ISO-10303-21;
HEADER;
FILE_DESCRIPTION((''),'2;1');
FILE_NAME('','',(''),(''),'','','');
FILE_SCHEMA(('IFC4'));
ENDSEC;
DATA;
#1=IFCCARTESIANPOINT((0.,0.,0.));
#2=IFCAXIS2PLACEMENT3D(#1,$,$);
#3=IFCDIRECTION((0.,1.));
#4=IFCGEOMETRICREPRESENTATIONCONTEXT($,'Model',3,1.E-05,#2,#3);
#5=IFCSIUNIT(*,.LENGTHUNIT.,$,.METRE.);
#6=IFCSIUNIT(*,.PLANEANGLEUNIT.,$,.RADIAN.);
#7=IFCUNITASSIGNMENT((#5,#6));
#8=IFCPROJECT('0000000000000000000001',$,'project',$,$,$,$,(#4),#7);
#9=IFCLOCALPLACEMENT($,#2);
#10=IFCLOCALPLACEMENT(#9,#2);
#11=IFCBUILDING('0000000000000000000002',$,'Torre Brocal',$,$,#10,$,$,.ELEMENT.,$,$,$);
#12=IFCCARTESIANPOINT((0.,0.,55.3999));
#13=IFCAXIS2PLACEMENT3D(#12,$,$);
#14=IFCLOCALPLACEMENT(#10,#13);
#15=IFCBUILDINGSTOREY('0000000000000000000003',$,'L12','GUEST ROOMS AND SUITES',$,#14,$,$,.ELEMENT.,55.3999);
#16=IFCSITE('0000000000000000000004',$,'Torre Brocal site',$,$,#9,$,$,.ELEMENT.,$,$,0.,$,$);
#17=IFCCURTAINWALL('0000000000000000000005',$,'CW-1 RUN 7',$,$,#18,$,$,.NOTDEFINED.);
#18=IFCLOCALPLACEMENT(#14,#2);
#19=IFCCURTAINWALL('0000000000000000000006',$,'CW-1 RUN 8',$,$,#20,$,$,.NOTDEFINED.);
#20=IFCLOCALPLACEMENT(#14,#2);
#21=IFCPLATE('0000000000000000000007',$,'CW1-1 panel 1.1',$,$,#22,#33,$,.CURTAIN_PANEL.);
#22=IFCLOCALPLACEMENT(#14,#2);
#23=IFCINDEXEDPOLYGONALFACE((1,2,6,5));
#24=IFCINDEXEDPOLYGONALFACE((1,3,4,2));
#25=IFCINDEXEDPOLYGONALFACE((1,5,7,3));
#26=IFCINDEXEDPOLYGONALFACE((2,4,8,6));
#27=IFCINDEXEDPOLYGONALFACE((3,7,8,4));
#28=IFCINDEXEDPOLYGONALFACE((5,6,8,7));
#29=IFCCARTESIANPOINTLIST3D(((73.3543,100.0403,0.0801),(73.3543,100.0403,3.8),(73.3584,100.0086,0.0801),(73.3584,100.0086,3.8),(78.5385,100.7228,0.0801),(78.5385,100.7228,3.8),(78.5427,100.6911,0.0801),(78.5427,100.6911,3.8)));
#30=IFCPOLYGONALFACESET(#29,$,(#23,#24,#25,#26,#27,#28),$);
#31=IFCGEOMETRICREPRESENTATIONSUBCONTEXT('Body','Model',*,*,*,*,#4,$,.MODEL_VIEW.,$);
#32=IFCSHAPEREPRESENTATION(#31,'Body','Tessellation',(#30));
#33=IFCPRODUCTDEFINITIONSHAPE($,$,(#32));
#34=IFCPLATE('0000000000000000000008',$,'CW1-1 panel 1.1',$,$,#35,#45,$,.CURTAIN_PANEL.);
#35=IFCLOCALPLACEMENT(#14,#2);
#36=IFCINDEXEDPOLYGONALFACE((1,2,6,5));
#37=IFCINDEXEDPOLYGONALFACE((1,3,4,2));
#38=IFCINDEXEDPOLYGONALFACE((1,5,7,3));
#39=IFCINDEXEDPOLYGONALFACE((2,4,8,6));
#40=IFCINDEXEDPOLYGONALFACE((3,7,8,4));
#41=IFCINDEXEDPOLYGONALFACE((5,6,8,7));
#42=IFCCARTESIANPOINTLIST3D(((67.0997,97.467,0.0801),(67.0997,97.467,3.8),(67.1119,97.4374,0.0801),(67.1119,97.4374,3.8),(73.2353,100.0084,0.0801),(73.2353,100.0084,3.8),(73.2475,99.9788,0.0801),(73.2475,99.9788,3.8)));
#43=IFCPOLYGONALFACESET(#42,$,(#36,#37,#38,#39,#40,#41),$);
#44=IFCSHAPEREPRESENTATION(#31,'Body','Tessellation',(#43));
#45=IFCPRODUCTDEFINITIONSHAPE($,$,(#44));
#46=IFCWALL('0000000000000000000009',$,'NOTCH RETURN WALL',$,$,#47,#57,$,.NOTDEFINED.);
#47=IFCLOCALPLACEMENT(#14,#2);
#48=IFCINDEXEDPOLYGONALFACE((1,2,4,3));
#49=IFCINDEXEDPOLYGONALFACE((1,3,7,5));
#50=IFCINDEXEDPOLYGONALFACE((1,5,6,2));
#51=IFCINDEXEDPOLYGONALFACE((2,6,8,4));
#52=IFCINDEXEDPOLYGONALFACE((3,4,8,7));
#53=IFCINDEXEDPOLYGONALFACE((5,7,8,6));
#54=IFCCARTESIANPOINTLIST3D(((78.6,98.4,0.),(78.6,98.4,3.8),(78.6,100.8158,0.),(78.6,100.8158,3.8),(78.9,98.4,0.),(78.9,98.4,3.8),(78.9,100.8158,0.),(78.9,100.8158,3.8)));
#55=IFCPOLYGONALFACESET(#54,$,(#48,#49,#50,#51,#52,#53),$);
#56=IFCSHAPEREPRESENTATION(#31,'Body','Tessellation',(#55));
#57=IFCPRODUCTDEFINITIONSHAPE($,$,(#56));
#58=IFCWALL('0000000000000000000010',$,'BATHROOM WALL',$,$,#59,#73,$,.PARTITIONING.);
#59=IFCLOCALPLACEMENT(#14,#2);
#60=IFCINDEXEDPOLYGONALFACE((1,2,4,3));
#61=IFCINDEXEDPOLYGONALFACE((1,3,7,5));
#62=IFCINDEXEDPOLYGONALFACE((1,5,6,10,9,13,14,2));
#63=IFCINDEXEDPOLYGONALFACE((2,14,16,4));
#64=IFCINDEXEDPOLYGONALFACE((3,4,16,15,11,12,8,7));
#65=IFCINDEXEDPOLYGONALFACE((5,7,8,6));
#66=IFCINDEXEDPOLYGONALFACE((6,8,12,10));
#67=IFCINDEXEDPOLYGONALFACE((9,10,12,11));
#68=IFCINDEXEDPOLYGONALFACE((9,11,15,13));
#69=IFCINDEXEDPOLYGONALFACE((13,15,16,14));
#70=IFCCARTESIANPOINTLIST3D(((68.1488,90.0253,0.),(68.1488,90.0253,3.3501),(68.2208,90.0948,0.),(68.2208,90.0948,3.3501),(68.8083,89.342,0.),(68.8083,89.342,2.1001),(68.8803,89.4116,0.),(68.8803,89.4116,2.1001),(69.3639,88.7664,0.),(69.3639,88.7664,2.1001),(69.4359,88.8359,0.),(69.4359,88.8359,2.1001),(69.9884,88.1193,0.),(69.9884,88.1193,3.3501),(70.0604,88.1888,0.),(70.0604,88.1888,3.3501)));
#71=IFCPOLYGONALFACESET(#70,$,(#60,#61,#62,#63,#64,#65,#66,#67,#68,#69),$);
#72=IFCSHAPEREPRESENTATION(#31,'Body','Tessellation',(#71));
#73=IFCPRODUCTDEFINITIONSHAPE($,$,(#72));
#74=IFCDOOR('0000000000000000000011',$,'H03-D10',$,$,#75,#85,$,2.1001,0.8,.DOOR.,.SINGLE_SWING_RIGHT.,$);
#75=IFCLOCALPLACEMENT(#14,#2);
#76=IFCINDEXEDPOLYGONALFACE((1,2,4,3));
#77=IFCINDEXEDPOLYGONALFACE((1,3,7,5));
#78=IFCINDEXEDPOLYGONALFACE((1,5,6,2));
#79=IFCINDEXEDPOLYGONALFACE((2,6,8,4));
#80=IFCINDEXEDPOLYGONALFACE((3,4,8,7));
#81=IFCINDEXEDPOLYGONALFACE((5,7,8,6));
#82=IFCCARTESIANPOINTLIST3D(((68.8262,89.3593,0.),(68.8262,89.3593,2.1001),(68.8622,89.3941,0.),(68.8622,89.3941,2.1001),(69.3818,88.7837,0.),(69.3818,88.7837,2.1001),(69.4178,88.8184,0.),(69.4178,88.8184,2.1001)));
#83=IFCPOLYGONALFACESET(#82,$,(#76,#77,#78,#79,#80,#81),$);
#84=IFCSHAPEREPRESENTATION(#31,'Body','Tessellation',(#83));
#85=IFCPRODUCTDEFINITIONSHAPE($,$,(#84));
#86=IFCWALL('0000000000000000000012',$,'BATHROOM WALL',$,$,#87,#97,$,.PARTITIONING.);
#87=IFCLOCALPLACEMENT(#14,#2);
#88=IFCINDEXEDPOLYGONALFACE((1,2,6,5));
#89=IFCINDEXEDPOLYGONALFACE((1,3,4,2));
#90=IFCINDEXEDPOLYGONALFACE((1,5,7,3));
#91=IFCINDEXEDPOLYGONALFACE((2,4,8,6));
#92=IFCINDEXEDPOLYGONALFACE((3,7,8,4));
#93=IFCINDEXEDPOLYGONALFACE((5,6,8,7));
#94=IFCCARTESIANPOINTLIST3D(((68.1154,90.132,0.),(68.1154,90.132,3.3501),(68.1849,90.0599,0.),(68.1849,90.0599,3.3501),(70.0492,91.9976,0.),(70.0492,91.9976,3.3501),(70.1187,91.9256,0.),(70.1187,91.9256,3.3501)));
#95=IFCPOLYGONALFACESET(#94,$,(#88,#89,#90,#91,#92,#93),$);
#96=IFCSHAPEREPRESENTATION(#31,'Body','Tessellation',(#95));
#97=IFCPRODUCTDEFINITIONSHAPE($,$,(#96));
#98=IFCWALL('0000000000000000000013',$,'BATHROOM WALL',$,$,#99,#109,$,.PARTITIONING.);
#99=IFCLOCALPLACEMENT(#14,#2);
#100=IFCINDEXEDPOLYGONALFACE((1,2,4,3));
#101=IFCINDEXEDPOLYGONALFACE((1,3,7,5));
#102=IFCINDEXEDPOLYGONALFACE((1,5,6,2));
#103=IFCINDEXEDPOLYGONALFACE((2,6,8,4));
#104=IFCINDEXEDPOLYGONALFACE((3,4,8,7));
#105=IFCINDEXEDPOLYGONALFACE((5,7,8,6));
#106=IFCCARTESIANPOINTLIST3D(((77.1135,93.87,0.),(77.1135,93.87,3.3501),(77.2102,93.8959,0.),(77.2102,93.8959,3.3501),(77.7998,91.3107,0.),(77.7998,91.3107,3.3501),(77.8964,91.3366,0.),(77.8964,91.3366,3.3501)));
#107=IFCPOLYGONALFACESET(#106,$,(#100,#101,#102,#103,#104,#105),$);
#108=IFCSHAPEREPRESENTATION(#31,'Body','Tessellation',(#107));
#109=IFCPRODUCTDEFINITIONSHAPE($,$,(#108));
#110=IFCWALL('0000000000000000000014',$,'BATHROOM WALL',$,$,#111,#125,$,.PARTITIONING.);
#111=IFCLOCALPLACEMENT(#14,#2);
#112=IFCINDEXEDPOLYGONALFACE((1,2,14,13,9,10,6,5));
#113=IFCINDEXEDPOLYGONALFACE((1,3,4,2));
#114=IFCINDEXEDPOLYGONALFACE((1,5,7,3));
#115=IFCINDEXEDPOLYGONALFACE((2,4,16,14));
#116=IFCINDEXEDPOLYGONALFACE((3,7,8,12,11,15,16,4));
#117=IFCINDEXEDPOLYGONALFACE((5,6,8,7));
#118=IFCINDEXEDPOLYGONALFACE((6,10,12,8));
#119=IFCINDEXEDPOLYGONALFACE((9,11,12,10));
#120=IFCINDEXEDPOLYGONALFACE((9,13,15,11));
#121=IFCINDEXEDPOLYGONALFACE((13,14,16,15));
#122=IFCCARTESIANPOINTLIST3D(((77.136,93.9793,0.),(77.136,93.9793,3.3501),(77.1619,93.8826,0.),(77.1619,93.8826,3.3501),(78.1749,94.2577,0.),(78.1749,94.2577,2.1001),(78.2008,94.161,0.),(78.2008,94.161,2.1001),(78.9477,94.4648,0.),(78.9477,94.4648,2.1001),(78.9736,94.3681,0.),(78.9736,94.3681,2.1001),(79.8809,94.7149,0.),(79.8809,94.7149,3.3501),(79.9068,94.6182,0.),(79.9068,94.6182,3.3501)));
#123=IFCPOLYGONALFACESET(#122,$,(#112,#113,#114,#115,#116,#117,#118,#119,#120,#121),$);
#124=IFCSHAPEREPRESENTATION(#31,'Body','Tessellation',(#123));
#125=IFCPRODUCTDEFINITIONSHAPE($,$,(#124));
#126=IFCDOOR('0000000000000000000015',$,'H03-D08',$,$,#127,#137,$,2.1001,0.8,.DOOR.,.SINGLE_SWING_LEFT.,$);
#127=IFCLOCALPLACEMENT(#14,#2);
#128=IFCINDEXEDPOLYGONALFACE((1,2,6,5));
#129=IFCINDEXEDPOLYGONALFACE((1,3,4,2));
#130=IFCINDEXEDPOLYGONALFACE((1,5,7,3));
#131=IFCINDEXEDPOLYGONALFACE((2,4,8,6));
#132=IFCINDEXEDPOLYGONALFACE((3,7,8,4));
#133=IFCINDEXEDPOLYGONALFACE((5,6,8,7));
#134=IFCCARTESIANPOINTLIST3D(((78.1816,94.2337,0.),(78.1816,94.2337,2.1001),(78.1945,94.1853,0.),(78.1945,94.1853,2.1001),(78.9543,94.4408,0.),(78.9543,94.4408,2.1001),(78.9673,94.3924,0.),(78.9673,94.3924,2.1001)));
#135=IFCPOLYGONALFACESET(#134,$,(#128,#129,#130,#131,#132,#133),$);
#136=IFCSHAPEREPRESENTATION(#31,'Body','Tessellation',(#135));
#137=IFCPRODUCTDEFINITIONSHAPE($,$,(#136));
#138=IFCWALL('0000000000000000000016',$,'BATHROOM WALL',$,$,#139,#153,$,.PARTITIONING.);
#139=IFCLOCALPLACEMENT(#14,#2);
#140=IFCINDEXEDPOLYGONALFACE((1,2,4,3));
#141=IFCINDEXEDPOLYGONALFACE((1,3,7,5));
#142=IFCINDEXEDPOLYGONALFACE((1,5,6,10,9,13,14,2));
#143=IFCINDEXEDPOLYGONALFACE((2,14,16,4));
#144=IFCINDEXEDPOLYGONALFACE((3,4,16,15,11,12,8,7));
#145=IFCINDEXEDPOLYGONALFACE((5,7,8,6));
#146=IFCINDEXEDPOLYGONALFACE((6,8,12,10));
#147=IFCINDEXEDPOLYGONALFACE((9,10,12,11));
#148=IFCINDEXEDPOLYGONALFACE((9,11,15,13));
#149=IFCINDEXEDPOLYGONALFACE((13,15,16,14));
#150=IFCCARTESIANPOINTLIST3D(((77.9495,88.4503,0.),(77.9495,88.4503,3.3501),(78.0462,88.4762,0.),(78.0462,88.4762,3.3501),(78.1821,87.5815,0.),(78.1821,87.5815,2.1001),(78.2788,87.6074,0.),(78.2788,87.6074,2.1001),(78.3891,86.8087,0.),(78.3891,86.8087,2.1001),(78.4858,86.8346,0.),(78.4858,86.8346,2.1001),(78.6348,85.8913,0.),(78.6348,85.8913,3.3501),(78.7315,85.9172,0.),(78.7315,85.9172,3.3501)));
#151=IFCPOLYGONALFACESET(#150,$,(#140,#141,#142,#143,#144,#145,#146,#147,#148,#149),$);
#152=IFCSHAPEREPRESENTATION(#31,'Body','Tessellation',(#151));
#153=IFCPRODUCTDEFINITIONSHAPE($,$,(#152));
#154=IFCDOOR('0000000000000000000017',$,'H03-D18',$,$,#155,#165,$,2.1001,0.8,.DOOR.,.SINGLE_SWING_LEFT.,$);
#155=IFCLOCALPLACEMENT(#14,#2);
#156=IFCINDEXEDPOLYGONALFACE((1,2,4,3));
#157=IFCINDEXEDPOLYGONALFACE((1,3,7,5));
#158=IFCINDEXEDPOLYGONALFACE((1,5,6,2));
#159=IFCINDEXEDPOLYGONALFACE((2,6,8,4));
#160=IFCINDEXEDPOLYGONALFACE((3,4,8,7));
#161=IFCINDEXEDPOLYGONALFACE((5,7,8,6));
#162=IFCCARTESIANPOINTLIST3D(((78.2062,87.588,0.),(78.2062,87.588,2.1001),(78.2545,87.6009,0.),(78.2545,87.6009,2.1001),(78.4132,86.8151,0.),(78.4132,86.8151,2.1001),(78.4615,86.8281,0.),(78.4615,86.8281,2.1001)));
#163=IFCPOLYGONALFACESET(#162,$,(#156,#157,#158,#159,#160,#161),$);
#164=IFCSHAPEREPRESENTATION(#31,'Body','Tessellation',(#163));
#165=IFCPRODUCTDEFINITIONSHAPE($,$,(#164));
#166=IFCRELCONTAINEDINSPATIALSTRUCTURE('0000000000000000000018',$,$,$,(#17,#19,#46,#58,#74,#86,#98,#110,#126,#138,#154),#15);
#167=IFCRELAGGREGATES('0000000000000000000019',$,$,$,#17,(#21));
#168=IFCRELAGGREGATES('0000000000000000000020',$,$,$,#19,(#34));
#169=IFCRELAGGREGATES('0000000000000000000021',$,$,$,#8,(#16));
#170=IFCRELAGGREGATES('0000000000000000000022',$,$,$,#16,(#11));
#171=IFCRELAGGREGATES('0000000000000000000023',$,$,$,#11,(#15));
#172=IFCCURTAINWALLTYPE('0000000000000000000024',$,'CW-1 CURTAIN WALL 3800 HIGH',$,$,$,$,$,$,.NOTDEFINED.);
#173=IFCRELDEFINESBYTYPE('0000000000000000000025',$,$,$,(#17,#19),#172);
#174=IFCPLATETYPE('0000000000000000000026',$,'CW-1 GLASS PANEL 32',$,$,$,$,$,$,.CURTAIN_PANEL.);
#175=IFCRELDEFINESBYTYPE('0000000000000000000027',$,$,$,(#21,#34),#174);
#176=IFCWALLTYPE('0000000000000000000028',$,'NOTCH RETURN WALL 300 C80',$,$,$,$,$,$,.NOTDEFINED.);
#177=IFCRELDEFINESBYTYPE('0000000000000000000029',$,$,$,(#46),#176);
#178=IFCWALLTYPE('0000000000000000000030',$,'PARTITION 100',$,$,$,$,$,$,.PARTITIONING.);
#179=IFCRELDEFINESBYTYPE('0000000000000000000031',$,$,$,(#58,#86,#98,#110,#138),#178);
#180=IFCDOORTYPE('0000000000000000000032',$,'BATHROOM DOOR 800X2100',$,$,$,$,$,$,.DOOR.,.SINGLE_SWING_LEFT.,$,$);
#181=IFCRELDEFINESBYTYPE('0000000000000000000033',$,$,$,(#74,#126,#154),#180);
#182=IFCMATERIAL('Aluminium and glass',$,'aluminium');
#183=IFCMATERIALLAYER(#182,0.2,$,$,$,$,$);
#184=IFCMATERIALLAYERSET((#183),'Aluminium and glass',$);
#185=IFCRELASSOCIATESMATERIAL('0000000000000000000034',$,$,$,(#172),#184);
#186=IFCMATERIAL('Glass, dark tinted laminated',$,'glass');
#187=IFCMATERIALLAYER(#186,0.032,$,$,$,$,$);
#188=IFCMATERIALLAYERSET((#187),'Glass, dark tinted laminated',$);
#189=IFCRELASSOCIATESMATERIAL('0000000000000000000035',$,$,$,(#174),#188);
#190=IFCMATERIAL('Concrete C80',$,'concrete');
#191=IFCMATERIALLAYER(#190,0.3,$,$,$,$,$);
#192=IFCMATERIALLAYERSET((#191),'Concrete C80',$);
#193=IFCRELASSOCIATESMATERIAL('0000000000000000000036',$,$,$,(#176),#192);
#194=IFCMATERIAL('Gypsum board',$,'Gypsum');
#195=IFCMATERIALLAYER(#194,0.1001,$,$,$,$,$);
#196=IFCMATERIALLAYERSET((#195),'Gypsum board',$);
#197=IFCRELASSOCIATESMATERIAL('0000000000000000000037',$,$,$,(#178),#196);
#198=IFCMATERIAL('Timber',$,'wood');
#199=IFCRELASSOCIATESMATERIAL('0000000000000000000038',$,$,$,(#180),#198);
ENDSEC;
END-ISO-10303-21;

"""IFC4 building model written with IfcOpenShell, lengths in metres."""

from ifc_helpers import new_model, si_unit, direction, frame, frame_2d, origin, origin_2d, place, context, subcontext, project, spatial, rectangle, extrude, material, layer, layer_set, type_object, element, fill, aggregate, save


model = new_model("IFC4")

# Units and contexts
model_context = context("Model", 3, precision=1e-05, world=origin(), true_north=direction((0.0, 1.0)))
body_context = subcontext(model_context, "Body", "Model", "MODEL_VIEW")
ifc_project = project(units=[si_unit("LENGTHUNIT", "METRE"), si_unit("PLANEANGLEUNIT", "RADIAN")], contexts=[model_context])

# Site, building, storey
site_placement = place(None, origin())
site = spatial("IfcSite", under=ifc_project, at=site_placement, Name="Torre Brocal site", CompositionType="ELEMENT", RefElevation=0.0)
building_placement = place(site_placement, origin())
building = spatial("IfcBuilding", under=site, at=building_placement, Name="Torre Brocal", CompositionType="ELEMENT")
storey_placement = place(building_placement, frame((0.0, 0.0, 55.3999)))
storey = spatial("IfcBuildingStorey", under=building, at=storey_placement, Name="L12", Description="GUEST ROOMS AND SUITES", CompositionType="ELEMENT", Elevation=55.3999)

# Curtain wall
ifc_material_1 = material(Name="Aluminium and glass", Category="aluminium")
ifc_layer_1 = layer(ifc_material_1, 0.2)
ifc_layer_set_1 = layer_set([ifc_layer_1], Name="Aluminium and glass")
curtain_wall_type = type_object("IfcCurtainWallType", Name="CW-1 CURTAIN WALL 3800 HIGH", PredefinedType="NOTDEFINED", material=ifc_layer_set_1)
curtain_wall_1_placement = place(storey_placement, origin())
curtain_wall_1 = element("IfcCurtainWall", 1, at=curtain_wall_1_placement, inside=storey, type_object=curtain_wall_type, Name="CW-1 RUN 7", PredefinedType="NOTDEFINED")

# Curtain wall
curtain_wall_2_placement = place(storey_placement, origin())
curtain_wall_2 = element("IfcCurtainWall", 2, at=curtain_wall_2_placement, inside=storey, type_object=curtain_wall_type, Name="CW-1 RUN 8", PredefinedType="NOTDEFINED")

# Plates
ifc_material_2 = material(Name="Glass, dark tinted laminated", Category="glass")
ifc_layer_2 = layer(ifc_material_2, 0.032)
ifc_layer_set_2 = layer_set([ifc_layer_2], Name="Glass, dark tinted laminated")
plate_type = type_object("IfcPlateType", Name="CW-1 GLASS PANEL 32", PredefinedType="CURTAIN_PANEL", material=ifc_layer_set_2)
plate_1_placement = place(storey_placement, frame((75.9485, 100.3657, 0.0801), z_axis=(0.0, 0.0, 1.0), x_axis=(-0.991445, -0.130526, 0.0)))
plate_1 = element("IfcPlate", 3, at=plate_1_placement, type_object=plate_type, Name="CW1-1 panel 1.1", PredefinedType="CURTAIN_PANEL", context=body_context, shape_type="SweptSolid", body=[
    extrude(rectangle(XDim=5.229, YDim=0.032, at=origin_2d()), origin(), (0.0, 0.0, 1.0), 3.72),
])
aggregate(curtain_wall_1, [plate_1])
plate_2_placement = place(storey_placement, frame((70.1736, 98.7229, 0.0801), z_axis=(0.0, 0.0, 1.0), x_axis=(-0.92388, -0.382683, 0.0)))
plate_2 = element("IfcPlate", 4, at=plate_2_placement, type_object=plate_type, Name="CW1-1 panel 1.1", PredefinedType="CURTAIN_PANEL", context=body_context, shape_type="SweptSolid", body=[
    extrude(rectangle(XDim=6.6411, YDim=0.032, at=origin_2d()), origin(), (0.0, 0.0, 1.0), 3.72),
])
aggregate(curtain_wall_2, [plate_2])

# Wall
ifc_material_3 = material(Name="Concrete C80", Category="concrete")
ifc_layer_3 = layer(ifc_material_3, 0.3)
ifc_layer_set_3 = layer_set([ifc_layer_3], Name="Concrete C80")
wall_type_1 = type_object("IfcWallType", Name="NOTCH RETURN WALL 300 C80", PredefinedType="NOTDEFINED", material=ifc_layer_set_3)
wall_1_placement = place(storey_placement, frame((78.75, 98.3999, 0.0), z_axis=(0.0, 0.0, 1.0), x_axis=(0.0, 1.0, 0.0)))
element("IfcWall", 5, at=wall_1_placement, inside=storey, type_object=wall_type_1, Name="NOTCH RETURN WALL", PredefinedType="NOTDEFINED", context=body_context, shape_type="SweptSolid", body=[
    extrude(rectangle(XDim=2.4158, YDim=0.3, at=frame_2d((1.208, 0.0))), origin(), (0.0, 0.0, 1.0), 3.8),
])

# Wall, opening, door
ifc_material_4 = material(Name="Gypsum board", Category="Gypsum")
ifc_layer_4 = layer(ifc_material_4, 0.1001)
ifc_layer_set_4 = layer_set([ifc_layer_4], Name="Gypsum board")
wall_type_2 = type_object("IfcWallType", Name="PARTITION 100", PredefinedType="PARTITIONING", material=ifc_layer_set_4)
wall_2_placement = place(storey_placement, frame((68.1848, 90.0601, 0.0), z_axis=(0.0, 0.0, 1.0), x_axis=(0.694461, -0.71953, 0.0)))
wall_2 = element("IfcWall", 6, at=wall_2_placement, inside=storey, type_object=wall_type_2, Name="BATHROOM WALL", PredefinedType="PARTITIONING", context=body_context, shape_type="SweptSolid", body=[
    extrude(rectangle(XDim=2.6489, YDim=0.1001, at=frame_2d((1.3245, 0.0))), origin(), (0.0, 0.0, 1.0), 3.3501),
])
opening_1_placement = place(wall_2_placement, frame((0.9497, 0.0, 0.0)))
opening_1 = element("IfcOpeningElement", 7, at=opening_1_placement, cuts=wall_2, PredefinedType="OPENING", context=body_context, shape_type="SweptSolid", body=[
    extrude(rectangle(XDim=0.8, YDim=2.1001, at=frame_2d((0.3999, 1.05))), frame((0.0, 0.0601, 0.0), z_axis=(0.0, -1.0, 0.0), x_axis=(1.0, 0.0, 0.0)), (0.0, 0.0, 1.0), 0.1201),
])
ifc_material_5 = material(Name="Timber", Category="wood")
door_type_1 = type_object("IfcDoorType", Name="BATHROOM DOOR 800X2100", OperationType="SINGLE_SWING_LEFT", PredefinedType="DOOR", material=ifc_material_5)
door_1_placement = place(opening_1_placement, origin())
door_1 = element("IfcDoor", 8, at=door_1_placement, inside=storey, type_object=door_type_1, Name="H03-D10", OperationType="SINGLE_SWING_RIGHT", OverallHeight=2.1001, OverallWidth=0.8, PredefinedType="DOOR", context=body_context, shape_type="SweptSolid", body=[
    extrude(rectangle(XDim=0.8, YDim=2.1001, at=frame_2d((0.3999, 1.05))), frame((0.0, 0.0249, 0.0), z_axis=(0.0, -1.0, 0.0), x_axis=(1.0, 0.0, 0.0)), (0.0, 0.0, 1.0), 0.05),
])
fill(opening_1, door_1)

# Walls
wall_3_placement = place(storey_placement, frame((68.1501, 90.0959, 0.0), z_axis=(0.0, 0.0, 1.0), x_axis=(0.719668, 0.694319, 0.0)))
element("IfcWall", 9, at=wall_3_placement, inside=storey, type_object=wall_type_2, Name="BATHROOM WALL", PredefinedType="PARTITIONING", context=body_context, shape_type="SweptSolid", body=[
    extrude(rectangle(XDim=2.687, YDim=0.1001, at=frame_2d((1.3435, 0.0))), origin(), (0.0, 0.0, 1.0), 3.3501),
])
wall_4_placement = place(storey_placement, frame((77.1619, 93.8828, 0.0), z_axis=(0.0, 0.0, 1.0), x_axis=(0.258999, -0.965878, 0.0)))
element("IfcWall", 10, at=wall_4_placement, inside=storey, type_object=wall_type_2, Name="BATHROOM WALL", PredefinedType="PARTITIONING", context=body_context, shape_type="SweptSolid", body=[
    extrude(rectangle(XDim=2.6497, YDim=0.1001, at=frame_2d((1.3247, 0.0))), origin(), (0.0, 0.0, 1.0), 3.3501),
])

# Walls, openings, doors
wall_5_placement = place(storey_placement, frame((77.1489, 93.9309, 0.0), z_axis=(0.0, 0.0, 1.0), x_axis=(0.965916, 0.258855, 0.0)))
wall_5 = element("IfcWall", 11, at=wall_5_placement, inside=storey, type_object=wall_type_2, Name="BATHROOM WALL", PredefinedType="PARTITIONING", context=body_context, shape_type="SweptSolid", body=[
    extrude(rectangle(XDim=2.8418, YDim=0.1001, at=frame_2d((1.4209, 0.0))), origin(), (0.0, 0.0, 1.0), 3.3501),
])
opening_2_placement = place(wall_5_placement, frame((1.0757, 0.0, 0.0)))
opening_2 = element("IfcOpeningElement", 12, at=opening_2_placement, cuts=wall_5, PredefinedType="OPENING", context=body_context, shape_type="SweptSolid", body=[
    extrude(rectangle(XDim=0.8, YDim=2.1001, at=frame_2d((0.3999, 1.05))), frame((0.0, 0.0601, 0.0), z_axis=(0.0, -1.0, 0.0), x_axis=(1.0, 0.0, 0.0)), (0.0, 0.0, 1.0), 0.1201),
])
door_2_placement = place(opening_2_placement, frame((0.8, 0.0, 0.0), z_axis=(0.0, 0.0, 1.0), x_axis=(-1.0, 0.0, 0.0)))
door_2 = element("IfcDoor", 13, at=door_2_placement, inside=storey, type_object=door_type_1, Name="H03-D08", OperationType="SINGLE_SWING_LEFT", OverallHeight=2.1001, OverallWidth=0.8, PredefinedType="DOOR", context=body_context, shape_type="SweptSolid", body=[
    extrude(rectangle(XDim=0.8, YDim=2.1001, at=frame_2d((0.3999, 1.05))), frame((0.0, 0.0249, 0.0), z_axis=(0.0, -1.0, 0.0), x_axis=(1.0, 0.0, 0.0)), (0.0, 0.0, 1.0), 0.05),
])
fill(opening_2, door_2)
wall_6_placement = place(storey_placement, frame((77.9978, 88.4634, 0.0), z_axis=(0.0, 0.0, 1.0), x_axis=(0.258678, -0.965964, 0.0)))
wall_6 = element("IfcWall", 14, at=wall_6_placement, inside=storey, type_object=wall_type_2, Name="BATHROOM WALL", PredefinedType="PARTITIONING", context=body_context, shape_type="SweptSolid", body=[
    extrude(rectangle(XDim=2.6492, YDim=0.1001, at=frame_2d((1.3247, 0.0))), origin(), (0.0, 0.0, 1.0), 3.3501),
])
opening_3_placement = place(wall_6_placement, frame((0.8997, 0.0, 0.0)))
opening_3 = element("IfcOpeningElement", 15, at=opening_3_placement, cuts=wall_6, PredefinedType="OPENING", context=body_context, shape_type="SweptSolid", body=[
    extrude(rectangle(XDim=0.8, YDim=2.1001, at=frame_2d((0.3999, 1.05))), frame((0.0, 0.0601, 0.0), z_axis=(0.0, -1.0, 0.0), x_axis=(1.0, 0.0, 0.0)), (0.0, 0.0, 1.0), 0.1201),
])
door_3_placement = place(opening_3_placement, origin())
door_3 = element("IfcDoor", 16, at=door_3_placement, inside=storey, type_object=door_type_1, Name="H03-D18", OperationType="SINGLE_SWING_LEFT", OverallHeight=2.1001, OverallWidth=0.8, PredefinedType="DOOR", context=body_context, shape_type="SweptSolid", body=[
    extrude(rectangle(XDim=0.8, YDim=2.1001, at=frame_2d((0.3999, 1.05))), frame((0.0, 0.0249, 0.0), z_axis=(0.0, -1.0, 0.0), x_axis=(1.0, 0.0, 0.0)), (0.0, 0.0, 1.0), 0.05),
])
fill(opening_3, door_3)

save(model, "model.ifc")
